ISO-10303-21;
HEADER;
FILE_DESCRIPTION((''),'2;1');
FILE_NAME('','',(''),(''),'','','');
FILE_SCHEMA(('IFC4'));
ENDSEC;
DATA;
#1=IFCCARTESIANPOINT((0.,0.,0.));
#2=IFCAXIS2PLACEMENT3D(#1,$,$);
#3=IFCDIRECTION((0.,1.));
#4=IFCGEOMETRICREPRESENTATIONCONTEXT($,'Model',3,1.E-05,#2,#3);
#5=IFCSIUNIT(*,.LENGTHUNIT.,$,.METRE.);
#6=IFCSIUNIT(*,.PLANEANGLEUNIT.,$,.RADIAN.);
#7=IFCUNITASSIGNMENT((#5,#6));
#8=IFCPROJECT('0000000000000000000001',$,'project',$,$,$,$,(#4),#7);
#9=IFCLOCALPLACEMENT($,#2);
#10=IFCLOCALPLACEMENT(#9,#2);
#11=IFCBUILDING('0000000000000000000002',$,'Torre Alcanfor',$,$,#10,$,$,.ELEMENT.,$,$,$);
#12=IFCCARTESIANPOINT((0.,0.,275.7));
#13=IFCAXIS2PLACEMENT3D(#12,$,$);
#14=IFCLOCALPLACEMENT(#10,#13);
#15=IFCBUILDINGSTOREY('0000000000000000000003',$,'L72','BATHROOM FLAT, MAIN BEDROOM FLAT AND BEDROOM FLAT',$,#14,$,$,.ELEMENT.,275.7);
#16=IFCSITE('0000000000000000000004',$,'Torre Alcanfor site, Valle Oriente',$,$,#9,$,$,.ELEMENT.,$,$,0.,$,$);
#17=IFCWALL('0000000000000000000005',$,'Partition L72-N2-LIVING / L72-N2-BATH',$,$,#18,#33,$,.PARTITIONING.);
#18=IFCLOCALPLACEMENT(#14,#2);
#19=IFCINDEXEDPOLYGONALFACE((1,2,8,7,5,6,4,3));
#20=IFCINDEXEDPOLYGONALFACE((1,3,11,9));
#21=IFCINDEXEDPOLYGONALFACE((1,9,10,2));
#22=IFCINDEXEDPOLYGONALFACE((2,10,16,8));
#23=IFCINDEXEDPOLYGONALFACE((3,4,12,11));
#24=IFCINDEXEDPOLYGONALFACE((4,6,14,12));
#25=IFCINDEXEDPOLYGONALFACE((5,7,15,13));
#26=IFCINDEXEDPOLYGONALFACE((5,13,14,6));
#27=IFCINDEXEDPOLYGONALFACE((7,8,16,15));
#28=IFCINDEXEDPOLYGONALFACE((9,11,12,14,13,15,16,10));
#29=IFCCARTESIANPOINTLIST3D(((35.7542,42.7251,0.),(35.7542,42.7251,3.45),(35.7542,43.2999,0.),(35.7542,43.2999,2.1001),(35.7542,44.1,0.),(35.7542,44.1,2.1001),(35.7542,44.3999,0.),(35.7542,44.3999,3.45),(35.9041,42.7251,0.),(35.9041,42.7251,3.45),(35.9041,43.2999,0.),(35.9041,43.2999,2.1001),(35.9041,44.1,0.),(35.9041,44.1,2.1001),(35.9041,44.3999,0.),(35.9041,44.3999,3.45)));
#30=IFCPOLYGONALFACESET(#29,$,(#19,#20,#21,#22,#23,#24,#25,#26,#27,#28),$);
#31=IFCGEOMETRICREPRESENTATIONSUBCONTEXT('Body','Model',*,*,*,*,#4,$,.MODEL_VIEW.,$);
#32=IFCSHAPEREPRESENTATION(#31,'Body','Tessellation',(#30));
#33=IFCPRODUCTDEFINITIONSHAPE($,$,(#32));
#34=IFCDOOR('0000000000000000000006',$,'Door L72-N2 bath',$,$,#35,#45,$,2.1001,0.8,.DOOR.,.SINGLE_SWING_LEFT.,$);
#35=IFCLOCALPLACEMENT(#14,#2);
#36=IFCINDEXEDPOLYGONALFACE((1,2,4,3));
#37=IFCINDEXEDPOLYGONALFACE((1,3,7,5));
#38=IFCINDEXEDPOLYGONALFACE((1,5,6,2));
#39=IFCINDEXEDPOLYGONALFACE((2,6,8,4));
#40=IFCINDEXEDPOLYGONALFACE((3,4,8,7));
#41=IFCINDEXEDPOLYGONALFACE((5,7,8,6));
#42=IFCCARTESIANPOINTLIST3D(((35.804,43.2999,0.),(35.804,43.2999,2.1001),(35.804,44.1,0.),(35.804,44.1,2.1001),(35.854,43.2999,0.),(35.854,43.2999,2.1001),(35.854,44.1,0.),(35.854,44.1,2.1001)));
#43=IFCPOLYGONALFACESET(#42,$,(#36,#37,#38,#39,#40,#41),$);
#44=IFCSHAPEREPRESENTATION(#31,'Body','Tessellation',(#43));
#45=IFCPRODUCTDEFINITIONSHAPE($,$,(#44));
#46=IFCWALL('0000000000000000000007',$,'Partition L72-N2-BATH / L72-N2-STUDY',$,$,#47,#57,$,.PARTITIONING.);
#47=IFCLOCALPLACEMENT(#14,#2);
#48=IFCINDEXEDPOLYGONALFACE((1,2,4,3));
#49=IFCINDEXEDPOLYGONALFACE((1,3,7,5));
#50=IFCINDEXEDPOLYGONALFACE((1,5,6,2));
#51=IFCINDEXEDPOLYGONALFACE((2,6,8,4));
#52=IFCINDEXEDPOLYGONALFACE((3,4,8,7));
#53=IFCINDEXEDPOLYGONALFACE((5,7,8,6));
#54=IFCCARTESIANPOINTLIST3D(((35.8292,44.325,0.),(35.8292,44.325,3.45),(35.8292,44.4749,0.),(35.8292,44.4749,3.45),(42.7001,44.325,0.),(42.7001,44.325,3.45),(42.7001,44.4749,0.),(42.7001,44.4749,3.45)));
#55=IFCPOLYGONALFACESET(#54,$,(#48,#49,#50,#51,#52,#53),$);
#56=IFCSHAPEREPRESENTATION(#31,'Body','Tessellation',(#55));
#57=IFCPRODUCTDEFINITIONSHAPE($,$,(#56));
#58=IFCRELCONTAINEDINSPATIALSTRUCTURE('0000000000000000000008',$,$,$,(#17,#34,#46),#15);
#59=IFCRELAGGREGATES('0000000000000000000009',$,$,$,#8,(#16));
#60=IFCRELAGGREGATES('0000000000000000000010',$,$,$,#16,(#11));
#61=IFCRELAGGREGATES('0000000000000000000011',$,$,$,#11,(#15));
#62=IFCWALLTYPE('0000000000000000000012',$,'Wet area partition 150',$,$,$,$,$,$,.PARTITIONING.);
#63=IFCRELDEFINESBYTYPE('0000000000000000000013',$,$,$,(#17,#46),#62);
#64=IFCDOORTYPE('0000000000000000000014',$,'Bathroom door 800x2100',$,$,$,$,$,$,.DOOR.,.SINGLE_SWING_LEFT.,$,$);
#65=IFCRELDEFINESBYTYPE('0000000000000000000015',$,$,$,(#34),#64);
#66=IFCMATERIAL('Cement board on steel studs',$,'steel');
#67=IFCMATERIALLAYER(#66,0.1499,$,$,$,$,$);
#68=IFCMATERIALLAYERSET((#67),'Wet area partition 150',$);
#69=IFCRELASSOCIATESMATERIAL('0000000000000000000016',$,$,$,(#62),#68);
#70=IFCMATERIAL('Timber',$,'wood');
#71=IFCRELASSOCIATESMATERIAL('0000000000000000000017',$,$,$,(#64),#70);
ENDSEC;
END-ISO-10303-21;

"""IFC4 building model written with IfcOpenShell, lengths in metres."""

from ifc_helpers import new_model, si_unit, direction, frame, frame_2d, origin, place, context, subcontext, project, spatial, rectangle, extrude, material, layer, layer_set, type_object, element, fill, save


model = new_model("IFC4")

# Units and contexts
model_context = context("Model", 3, precision=1e-05, world=origin(), true_north=direction((0.0, 1.0)))
body_context = subcontext(model_context, "Body", "Model", "MODEL_VIEW")
ifc_project = project(units=[si_unit("LENGTHUNIT", "METRE"), si_unit("PLANEANGLEUNIT", "RADIAN")], contexts=[model_context])

# Site, building, storey
site_placement = place(None, origin())
site = spatial("IfcSite", under=ifc_project, at=site_placement, Name="Torre Alcanfor site, Valle Oriente", CompositionType="ELEMENT", RefElevation=0.0)
building_placement = place(site_placement, origin())
building = spatial("IfcBuilding", under=site, at=building_placement, Name="Torre Alcanfor", CompositionType="ELEMENT")
storey_placement = place(building_placement, frame((0.0, 0.0, 275.7)))
storey = spatial("IfcBuildingStorey", under=building, at=storey_placement, Name="L72", Description="BATHROOM FLAT, MAIN BEDROOM FLAT AND BEDROOM FLAT", CompositionType="ELEMENT", Elevation=275.7)

# Wall, opening, door
ifc_material_1 = material(Name="Cement board on steel studs", Category="steel")
ifc_layer_1 = layer(ifc_material_1, 0.1499)
ifc_layer_set_1 = layer_set([ifc_layer_1], Name="Wet area partition 150")
wall_type_1 = type_object("IfcWallType", Name="Wet area partition 150", PredefinedType="PARTITIONING", material=ifc_layer_set_1)
wall_1_placement = place(storey_placement, frame((35.8291, 44.3999, 0.0), z_axis=(0.0, 0.0, 1.0), x_axis=(0.0, -1.0, 0.0)))
wall_1 = element("IfcWall", 1, at=wall_1_placement, inside=storey, type_object=wall_type_1, Name="Partition L72-N2-LIVING / L72-N2-BATH", PredefinedType="PARTITIONING", context=body_context, shape_type="SweptSolid", body=[
    extrude(rectangle(XDim=1.6748, YDim=0.1499, at=frame_2d((0.8374, 0.0))), origin(), (0.0, 0.0, 1.0), 3.45),
])
opening_1_placement = place(wall_1_placement, frame((0.3, 0.0, 0.0)))
opening_1 = element("IfcOpeningElement", 2, at=opening_1_placement, cuts=wall_1, PredefinedType="OPENING", context=body_context, shape_type="SweptSolid", body=[
    extrude(rectangle(XDim=0.8, YDim=2.1001, at=frame_2d((0.3999, 1.05))), frame((0.0, 0.085, 0.0), z_axis=(0.0, -1.0, 0.0), x_axis=(1.0, 0.0, 0.0)), (0.0, 0.0, 1.0), 0.1699),
])
ifc_material_2 = material(Name="Timber", Category="wood")
door_type_1 = type_object("IfcDoorType", Name="Bathroom door 800x2100", OperationType="SINGLE_SWING_LEFT", PredefinedType="DOOR", material=ifc_material_2)
door_1_placement = place(opening_1_placement, origin())
door_1 = element("IfcDoor", 3, at=door_1_placement, inside=storey, type_object=door_type_1, Name="Door L72-N2 bath", OperationType="SINGLE_SWING_LEFT", OverallHeight=2.1001, OverallWidth=0.8, PredefinedType="DOOR", context=body_context, shape_type="SweptSolid", body=[
    extrude(rectangle(XDim=0.8, YDim=2.1001, at=frame_2d((0.3999, 1.05))), frame((0.0, 0.0249, 0.0), z_axis=(0.0, -1.0, 0.0), x_axis=(1.0, 0.0, 0.0)), (0.0, 0.0, 1.0), 0.05),
])
fill(opening_1, door_1)

# Wall
wall_2_placement = place(storey_placement, frame((35.8291, 44.3999, 0.0), z_axis=(0.0, 0.0, 1.0), x_axis=(1.0, 0.0, 0.0)))
element("IfcWall", 4, at=wall_2_placement, inside=storey, type_object=wall_type_1, Name="Partition L72-N2-BATH / L72-N2-STUDY", PredefinedType="PARTITIONING", context=body_context, shape_type="SweptSolid", body=[
    extrude(rectangle(XDim=6.8708, YDim=0.1499, at=frame_2d((3.4355, 0.0))), origin(), (0.0, 0.0, 1.0), 3.45),
])

save(model, "model.ifc")
